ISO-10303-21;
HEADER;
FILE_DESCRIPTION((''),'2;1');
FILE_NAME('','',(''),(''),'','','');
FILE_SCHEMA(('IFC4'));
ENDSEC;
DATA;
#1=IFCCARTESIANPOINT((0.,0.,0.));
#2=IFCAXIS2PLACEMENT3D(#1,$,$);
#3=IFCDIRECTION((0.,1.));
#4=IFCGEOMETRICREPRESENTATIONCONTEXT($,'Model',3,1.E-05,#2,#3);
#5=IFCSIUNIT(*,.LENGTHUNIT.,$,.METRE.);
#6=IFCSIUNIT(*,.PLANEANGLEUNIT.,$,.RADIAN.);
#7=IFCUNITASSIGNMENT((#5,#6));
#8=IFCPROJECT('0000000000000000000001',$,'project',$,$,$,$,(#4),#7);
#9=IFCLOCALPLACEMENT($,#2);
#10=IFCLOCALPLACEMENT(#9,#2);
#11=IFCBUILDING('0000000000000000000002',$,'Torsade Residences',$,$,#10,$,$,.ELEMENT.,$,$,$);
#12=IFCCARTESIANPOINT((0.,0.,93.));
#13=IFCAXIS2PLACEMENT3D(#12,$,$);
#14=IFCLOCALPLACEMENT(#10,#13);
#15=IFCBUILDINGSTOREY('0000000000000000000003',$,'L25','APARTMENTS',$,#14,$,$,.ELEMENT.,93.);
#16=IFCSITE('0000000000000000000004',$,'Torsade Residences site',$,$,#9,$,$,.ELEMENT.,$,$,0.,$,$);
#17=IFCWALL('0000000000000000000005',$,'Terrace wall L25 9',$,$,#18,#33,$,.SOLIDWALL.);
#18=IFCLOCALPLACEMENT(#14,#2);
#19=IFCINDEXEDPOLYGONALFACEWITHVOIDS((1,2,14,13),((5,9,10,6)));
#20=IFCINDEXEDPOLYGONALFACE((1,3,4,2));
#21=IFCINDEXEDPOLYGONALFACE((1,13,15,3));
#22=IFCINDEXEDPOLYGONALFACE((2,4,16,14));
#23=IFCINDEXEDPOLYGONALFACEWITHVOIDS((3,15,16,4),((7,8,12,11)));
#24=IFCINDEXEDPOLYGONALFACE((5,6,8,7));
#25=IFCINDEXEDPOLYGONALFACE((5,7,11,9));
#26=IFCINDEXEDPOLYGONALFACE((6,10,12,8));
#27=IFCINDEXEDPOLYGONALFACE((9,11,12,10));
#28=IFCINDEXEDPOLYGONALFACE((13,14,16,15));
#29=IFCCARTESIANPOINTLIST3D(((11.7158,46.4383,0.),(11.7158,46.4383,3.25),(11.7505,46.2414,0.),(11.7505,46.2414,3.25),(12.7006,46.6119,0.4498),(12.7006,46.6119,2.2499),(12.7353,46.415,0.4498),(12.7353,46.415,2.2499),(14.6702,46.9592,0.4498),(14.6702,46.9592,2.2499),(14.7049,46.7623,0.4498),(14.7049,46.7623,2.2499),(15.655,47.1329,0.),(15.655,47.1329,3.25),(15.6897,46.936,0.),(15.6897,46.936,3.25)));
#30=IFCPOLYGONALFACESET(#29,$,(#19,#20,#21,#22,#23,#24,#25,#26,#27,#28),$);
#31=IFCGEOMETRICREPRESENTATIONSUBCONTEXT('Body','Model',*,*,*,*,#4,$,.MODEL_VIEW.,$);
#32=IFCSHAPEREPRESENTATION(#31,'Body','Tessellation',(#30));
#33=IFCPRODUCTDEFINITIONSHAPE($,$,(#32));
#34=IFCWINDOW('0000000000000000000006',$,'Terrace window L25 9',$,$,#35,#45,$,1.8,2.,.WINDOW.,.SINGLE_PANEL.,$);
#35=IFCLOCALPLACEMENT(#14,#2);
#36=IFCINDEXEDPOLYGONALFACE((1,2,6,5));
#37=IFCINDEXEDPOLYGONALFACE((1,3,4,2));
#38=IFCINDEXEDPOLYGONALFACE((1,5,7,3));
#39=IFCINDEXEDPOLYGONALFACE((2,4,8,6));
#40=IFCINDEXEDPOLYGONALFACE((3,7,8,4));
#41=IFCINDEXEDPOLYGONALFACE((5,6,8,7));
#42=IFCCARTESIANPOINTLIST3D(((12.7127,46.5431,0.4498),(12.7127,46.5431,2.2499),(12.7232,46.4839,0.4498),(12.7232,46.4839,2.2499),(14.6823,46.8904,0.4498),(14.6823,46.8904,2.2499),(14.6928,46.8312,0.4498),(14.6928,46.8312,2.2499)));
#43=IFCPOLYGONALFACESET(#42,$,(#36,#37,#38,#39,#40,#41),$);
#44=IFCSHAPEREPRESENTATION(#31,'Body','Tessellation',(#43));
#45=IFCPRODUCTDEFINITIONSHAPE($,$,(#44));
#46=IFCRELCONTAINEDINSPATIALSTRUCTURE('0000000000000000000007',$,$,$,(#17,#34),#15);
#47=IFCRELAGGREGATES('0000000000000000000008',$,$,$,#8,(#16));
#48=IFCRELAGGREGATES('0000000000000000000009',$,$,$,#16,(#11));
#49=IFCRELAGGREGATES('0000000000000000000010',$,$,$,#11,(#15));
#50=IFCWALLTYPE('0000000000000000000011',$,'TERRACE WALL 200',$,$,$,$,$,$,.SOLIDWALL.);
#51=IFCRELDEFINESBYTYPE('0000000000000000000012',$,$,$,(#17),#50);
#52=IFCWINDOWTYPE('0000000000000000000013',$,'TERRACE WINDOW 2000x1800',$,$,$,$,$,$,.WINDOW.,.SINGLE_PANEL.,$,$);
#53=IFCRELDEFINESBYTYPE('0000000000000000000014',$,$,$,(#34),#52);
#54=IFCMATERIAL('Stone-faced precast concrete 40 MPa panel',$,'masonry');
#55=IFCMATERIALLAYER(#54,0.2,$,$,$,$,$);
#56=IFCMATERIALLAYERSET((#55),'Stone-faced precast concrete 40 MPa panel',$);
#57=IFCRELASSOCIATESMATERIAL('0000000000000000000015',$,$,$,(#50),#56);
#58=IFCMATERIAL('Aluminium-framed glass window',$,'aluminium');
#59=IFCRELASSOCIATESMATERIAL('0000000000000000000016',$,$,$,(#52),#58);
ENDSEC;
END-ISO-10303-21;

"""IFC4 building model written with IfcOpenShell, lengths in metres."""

from ifc_helpers import new_model, si_unit, direction, frame, frame_2d, origin, place, context, subcontext, project, spatial, rectangle, extrude, material, layer, layer_set, type_object, element, fill, save


model = new_model("IFC4")

# Units and contexts
model_context = context("Model", 3, precision=1e-05, world=origin(), true_north=direction((0.0, 1.0)))
body_context = subcontext(model_context, "Body", "Model", "MODEL_VIEW")
ifc_project = project(units=[si_unit("LENGTHUNIT", "METRE"), si_unit("PLANEANGLEUNIT", "RADIAN")], contexts=[model_context])

# Site, building, storey
site_placement = place(None, origin())
site = spatial("IfcSite", under=ifc_project, at=site_placement, Name="Torsade Residences site", CompositionType="ELEMENT", RefElevation=0.0)
building_placement = place(site_placement, origin())
building = spatial("IfcBuilding", under=site, at=building_placement, Name="Torsade Residences", CompositionType="ELEMENT")
storey_placement = place(building_placement, frame((0.0, 0.0, 93.0)))
storey = spatial("IfcBuildingStorey", under=building, at=storey_placement, Name="L25", Description="APARTMENTS", CompositionType="ELEMENT", Elevation=93.0)

# Shared definitions
ifc_material_1 = material(Name="Stone-faced precast concrete 40 MPa panel", Category="masonry")
ifc_layer_1 = layer(ifc_material_1, 0.2)
ifc_layer_set_1 = layer_set([ifc_layer_1], Name="Stone-faced precast concrete 40 MPa panel")
wall_type_1 = type_object("IfcWallType", Name="TERRACE WALL 200", PredefinedType="SOLIDWALL", material=ifc_layer_set_1)

# Wall, opening, window
wall_1_placement = place(storey_placement, frame((15.6724, 47.0344, 0.0), z_axis=(0.0, 0.0, 1.0), x_axis=(-0.984808, -0.173646, 0.0)))
wall_1 = element("IfcWall", 1, at=wall_1_placement, inside=storey, type_object=wall_type_1, Name="Terrace wall L25 9", PredefinedType="SOLIDWALL", context=body_context, shape_type="SweptSolid", body=[
    extrude(rectangle(XDim=4.0, YDim=0.2, at=frame_2d((2.0, 0.0))), origin(), (0.0, 0.0, 1.0), 3.25),
])
opening_1_placement = place(wall_1_placement, frame((1.0, 0.0, 0.45)))
opening_1 = element("IfcOpeningElement", 2, at=opening_1_placement, cuts=wall_1, PredefinedType="OPENING", context=body_context, shape_type="SweptSolid", body=[
    extrude(rectangle(XDim=2.0, YDim=1.8, at=frame_2d((1.0, 0.8999))), frame((0.0, 0.1099, 0.0), z_axis=(0.0, -1.0, 0.0), x_axis=(1.0, 0.0, 0.0)), (0.0, 0.0, 1.0), 0.22),
])
ifc_material_2 = material(Name="Aluminium-framed glass window", Category="aluminium")
window_type = type_object("IfcWindowType", Name="TERRACE WINDOW 2000x1800", PartitioningType="SINGLE_PANEL", PredefinedType="WINDOW", material=ifc_material_2)
window_placement = place(opening_1_placement, origin())
window = element("IfcWindow", 3, at=window_placement, inside=storey, type_object=window_type, Name="Terrace window L25 9", OverallHeight=1.8, OverallWidth=2.0, PartitioningType="SINGLE_PANEL", PredefinedType="WINDOW", context=body_context, shape_type="SweptSolid", body=[
    extrude(rectangle(XDim=2.0, YDim=1.8, at=frame_2d((1.0, 0.8999))), frame((0.0, 0.03, 0.0), z_axis=(0.0, -1.0, 0.0), x_axis=(1.0, 0.0, 0.0)), (0.0, 0.0, 1.0), 0.0601),
])
fill(opening_1, window)

save(model, "model.ifc")
